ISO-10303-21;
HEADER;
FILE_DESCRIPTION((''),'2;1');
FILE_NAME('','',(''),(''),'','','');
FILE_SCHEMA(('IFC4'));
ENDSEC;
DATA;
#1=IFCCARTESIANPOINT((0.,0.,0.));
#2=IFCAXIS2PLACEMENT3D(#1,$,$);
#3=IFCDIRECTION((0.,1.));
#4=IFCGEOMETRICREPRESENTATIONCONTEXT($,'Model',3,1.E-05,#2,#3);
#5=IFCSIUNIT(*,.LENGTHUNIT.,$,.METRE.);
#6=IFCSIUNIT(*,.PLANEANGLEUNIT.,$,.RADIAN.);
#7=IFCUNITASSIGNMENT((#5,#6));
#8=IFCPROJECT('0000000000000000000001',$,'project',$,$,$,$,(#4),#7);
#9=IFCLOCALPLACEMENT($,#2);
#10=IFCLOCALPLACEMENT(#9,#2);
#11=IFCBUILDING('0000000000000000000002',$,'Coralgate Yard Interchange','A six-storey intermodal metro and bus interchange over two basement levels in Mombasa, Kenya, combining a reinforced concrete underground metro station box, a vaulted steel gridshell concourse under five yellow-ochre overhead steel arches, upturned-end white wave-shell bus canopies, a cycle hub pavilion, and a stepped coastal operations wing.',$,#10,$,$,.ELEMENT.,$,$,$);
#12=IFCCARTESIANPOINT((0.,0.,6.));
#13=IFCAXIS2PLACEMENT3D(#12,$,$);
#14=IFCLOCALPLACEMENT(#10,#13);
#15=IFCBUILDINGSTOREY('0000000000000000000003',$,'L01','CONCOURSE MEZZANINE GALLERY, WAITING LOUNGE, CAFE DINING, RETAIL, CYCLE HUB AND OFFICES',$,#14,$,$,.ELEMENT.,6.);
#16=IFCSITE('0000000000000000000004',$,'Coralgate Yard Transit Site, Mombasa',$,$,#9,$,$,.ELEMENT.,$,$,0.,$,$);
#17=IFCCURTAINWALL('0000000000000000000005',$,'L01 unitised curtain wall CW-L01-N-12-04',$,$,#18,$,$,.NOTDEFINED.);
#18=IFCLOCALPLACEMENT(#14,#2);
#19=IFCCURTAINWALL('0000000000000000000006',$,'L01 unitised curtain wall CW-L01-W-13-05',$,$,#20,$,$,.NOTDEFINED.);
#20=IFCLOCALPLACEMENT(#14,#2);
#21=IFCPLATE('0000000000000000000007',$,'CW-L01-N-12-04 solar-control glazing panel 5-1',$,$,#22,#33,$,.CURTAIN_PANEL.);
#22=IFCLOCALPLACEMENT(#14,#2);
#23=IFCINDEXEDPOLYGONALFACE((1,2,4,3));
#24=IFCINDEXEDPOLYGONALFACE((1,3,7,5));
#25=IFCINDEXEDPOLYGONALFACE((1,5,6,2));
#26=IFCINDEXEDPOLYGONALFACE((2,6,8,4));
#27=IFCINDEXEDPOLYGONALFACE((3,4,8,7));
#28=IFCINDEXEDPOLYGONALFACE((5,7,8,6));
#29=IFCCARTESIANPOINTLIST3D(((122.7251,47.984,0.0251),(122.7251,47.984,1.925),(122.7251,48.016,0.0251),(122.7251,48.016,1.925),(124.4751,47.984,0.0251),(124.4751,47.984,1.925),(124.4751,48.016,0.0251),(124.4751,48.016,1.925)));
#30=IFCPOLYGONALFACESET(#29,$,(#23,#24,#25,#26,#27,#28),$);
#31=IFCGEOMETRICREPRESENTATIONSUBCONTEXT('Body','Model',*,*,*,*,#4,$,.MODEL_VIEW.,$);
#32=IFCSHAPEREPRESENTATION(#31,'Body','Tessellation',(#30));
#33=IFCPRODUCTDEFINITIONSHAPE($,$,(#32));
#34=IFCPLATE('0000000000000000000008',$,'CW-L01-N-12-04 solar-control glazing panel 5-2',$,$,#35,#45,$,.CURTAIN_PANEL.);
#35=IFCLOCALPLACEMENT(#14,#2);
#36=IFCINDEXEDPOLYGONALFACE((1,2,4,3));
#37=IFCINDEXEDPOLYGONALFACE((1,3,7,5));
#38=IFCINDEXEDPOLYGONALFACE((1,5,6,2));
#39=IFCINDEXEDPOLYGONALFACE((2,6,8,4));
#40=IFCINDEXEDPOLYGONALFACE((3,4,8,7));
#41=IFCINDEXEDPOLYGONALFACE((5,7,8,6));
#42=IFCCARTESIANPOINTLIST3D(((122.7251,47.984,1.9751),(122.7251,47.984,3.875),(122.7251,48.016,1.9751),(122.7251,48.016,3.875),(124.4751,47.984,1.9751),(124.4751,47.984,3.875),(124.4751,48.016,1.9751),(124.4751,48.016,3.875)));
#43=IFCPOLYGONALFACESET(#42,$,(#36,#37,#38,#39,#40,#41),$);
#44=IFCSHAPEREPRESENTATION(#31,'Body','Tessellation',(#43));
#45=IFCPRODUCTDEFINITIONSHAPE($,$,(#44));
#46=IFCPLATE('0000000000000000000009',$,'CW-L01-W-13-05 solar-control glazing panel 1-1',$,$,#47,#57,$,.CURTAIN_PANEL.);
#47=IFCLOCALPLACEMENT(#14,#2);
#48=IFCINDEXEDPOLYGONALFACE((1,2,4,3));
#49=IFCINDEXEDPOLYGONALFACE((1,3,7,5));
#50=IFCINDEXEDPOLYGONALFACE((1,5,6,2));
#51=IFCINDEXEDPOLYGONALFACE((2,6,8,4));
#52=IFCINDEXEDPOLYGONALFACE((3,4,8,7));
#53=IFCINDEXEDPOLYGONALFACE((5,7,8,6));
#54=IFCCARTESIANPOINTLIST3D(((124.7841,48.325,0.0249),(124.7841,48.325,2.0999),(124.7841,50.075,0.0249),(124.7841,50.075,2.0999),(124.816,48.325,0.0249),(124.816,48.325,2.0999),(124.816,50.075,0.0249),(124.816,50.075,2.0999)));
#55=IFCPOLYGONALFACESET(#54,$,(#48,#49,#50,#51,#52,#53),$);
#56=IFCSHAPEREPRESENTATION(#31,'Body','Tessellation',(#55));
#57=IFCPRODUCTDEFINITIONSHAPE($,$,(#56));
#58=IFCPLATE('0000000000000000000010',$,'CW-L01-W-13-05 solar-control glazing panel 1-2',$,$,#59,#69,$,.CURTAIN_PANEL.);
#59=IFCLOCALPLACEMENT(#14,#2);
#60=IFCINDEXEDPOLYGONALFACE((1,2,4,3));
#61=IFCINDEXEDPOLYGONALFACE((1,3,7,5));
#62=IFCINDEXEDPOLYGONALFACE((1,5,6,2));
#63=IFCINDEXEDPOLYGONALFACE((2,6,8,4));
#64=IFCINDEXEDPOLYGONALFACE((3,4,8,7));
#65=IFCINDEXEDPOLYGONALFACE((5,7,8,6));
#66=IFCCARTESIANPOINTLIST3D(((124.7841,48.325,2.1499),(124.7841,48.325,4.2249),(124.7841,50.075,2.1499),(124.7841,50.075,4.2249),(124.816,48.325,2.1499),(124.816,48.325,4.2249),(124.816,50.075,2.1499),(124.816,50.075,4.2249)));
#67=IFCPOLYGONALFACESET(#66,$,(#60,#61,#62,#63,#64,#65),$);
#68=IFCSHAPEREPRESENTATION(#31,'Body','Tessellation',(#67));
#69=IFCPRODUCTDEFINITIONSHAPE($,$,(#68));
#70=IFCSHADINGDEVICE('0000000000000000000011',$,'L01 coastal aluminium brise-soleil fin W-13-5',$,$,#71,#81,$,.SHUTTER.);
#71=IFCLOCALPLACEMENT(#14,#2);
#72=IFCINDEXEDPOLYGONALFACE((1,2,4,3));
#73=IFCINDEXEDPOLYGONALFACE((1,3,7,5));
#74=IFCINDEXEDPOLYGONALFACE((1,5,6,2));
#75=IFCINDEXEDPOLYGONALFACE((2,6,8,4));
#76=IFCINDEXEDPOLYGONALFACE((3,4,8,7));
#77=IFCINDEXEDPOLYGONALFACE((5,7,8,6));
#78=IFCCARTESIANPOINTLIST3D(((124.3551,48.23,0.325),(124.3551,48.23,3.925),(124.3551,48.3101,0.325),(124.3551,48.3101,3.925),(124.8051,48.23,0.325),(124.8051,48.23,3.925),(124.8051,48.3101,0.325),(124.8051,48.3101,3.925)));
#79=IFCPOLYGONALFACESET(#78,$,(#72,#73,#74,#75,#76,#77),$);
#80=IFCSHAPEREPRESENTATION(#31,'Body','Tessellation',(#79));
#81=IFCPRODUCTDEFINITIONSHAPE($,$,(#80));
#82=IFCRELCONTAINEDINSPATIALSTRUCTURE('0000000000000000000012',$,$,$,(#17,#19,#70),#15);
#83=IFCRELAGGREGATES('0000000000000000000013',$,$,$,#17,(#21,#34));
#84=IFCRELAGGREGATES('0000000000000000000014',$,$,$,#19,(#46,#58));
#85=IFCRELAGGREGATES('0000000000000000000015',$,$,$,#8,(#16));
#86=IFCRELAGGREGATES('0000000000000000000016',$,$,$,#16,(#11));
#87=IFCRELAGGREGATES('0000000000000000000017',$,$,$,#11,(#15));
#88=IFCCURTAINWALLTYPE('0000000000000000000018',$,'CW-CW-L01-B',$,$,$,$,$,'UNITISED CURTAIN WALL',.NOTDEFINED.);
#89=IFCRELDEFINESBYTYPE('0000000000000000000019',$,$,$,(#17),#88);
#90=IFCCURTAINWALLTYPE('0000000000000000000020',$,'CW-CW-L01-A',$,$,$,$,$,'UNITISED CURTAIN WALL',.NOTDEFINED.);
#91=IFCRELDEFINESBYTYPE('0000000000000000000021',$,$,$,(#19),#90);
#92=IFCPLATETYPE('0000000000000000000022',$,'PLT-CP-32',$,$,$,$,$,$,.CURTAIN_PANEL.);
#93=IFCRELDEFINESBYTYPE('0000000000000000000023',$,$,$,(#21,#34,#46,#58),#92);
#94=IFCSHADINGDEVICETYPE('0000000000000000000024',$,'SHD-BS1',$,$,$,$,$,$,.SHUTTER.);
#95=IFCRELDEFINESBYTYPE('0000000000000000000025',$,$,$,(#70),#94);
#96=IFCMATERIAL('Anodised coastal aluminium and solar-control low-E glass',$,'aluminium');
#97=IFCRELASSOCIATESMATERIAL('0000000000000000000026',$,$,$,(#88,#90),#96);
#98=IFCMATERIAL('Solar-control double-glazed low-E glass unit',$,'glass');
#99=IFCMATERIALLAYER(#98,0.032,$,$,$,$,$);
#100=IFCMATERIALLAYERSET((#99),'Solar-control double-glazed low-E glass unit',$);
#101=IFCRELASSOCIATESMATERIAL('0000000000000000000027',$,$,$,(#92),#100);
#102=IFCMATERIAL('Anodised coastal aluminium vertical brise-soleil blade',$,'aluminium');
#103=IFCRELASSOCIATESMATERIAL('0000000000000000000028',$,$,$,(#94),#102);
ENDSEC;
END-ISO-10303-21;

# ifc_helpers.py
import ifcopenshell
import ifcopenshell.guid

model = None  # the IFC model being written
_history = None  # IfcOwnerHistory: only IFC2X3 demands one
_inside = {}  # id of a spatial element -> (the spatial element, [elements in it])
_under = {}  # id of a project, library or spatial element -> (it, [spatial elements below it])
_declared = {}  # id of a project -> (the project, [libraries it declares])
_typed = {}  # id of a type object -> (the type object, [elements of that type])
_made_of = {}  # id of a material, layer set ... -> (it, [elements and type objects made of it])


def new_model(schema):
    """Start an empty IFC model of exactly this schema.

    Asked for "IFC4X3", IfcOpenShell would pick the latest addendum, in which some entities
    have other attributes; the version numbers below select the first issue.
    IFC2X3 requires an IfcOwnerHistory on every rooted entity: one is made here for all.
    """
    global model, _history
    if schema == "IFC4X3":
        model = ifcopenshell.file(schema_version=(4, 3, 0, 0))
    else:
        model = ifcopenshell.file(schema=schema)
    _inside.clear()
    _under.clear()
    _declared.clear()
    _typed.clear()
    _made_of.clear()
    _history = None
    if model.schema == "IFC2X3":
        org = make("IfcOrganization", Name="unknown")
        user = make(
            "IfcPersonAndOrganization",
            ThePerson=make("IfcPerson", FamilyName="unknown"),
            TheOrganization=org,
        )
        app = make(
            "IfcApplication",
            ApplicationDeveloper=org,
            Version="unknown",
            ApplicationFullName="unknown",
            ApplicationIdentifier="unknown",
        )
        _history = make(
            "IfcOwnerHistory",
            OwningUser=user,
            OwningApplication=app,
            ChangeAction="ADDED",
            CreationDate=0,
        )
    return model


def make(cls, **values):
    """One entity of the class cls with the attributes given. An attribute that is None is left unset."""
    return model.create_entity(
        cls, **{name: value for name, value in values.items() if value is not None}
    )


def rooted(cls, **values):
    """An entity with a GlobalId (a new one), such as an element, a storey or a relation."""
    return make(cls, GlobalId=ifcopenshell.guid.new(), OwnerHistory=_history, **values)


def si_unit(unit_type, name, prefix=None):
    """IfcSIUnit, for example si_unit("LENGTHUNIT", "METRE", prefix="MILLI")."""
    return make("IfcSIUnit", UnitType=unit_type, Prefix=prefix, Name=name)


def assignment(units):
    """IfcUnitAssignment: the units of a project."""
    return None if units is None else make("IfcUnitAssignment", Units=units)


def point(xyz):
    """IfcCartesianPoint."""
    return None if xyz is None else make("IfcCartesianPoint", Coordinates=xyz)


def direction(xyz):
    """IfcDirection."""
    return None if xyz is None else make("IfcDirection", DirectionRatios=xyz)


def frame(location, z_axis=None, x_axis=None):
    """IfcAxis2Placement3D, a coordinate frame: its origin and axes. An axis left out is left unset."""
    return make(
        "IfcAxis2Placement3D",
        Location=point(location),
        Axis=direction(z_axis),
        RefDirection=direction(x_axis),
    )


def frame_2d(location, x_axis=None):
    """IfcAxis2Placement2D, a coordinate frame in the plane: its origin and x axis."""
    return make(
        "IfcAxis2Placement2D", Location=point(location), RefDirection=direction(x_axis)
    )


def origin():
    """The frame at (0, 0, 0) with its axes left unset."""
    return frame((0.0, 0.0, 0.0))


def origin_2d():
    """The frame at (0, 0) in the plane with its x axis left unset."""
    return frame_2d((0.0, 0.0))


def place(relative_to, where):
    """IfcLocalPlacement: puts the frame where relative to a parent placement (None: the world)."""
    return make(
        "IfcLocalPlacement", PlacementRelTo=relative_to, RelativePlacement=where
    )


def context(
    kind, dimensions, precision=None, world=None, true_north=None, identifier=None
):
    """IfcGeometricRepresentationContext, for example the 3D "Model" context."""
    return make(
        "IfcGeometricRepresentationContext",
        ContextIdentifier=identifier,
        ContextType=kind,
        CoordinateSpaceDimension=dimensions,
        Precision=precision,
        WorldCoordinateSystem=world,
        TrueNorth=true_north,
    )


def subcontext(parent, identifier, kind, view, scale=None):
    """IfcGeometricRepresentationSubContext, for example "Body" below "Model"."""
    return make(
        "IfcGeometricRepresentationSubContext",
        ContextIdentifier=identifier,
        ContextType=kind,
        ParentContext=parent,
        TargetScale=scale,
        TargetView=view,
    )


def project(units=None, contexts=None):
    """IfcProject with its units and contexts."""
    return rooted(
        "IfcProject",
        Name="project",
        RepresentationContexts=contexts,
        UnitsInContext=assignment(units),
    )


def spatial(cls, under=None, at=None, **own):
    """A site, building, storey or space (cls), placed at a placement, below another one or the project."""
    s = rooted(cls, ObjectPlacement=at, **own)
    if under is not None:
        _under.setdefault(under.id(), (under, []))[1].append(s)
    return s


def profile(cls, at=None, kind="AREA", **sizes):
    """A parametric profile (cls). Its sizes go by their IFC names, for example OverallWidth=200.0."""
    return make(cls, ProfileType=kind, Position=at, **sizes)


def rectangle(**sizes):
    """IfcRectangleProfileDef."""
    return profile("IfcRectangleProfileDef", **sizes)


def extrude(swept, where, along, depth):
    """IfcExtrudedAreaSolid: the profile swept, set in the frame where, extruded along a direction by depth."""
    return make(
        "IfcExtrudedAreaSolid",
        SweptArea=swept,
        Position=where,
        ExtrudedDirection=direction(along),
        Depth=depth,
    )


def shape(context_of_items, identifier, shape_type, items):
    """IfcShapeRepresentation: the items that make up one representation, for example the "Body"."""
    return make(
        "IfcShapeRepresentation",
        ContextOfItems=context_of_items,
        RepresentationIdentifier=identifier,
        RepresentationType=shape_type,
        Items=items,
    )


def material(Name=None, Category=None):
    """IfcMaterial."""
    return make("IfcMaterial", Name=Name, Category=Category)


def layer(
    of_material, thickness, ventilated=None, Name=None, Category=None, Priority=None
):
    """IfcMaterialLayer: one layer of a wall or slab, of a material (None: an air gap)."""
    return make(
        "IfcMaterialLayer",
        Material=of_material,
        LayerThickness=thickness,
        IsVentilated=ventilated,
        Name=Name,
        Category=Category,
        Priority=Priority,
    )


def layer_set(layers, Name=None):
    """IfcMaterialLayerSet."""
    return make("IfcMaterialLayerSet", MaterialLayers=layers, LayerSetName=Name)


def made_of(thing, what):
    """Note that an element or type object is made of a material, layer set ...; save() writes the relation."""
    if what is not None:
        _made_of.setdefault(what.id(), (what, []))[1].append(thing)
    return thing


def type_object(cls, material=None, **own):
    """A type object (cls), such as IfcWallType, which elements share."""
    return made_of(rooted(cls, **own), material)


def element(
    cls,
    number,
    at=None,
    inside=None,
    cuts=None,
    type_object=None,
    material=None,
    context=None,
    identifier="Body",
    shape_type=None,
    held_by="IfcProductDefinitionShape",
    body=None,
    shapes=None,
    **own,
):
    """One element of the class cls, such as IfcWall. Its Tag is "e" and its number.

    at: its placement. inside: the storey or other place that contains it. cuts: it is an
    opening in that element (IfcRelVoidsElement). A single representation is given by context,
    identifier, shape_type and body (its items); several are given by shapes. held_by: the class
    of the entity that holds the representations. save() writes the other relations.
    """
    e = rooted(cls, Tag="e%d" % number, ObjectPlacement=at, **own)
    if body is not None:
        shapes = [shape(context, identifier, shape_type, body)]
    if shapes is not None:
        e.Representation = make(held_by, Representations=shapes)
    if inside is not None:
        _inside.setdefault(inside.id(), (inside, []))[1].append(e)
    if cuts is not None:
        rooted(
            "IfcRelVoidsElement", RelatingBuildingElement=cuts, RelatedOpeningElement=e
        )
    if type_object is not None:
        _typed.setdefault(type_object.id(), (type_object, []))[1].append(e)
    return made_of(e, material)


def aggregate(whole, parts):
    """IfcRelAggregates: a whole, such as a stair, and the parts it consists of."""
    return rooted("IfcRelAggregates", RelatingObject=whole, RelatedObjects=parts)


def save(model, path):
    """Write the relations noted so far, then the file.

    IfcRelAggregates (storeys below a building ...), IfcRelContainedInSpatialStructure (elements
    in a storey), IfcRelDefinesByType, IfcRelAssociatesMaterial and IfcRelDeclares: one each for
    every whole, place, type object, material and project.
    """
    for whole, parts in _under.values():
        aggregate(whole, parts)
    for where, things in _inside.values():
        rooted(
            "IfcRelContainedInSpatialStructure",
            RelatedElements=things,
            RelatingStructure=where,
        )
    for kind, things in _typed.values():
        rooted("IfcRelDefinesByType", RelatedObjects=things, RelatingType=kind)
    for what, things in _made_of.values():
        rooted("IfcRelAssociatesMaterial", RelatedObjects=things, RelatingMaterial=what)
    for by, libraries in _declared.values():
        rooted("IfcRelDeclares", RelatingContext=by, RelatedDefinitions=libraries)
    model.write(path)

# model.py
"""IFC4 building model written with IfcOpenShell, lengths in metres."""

from ifc_helpers import new_model, si_unit, direction, frame, origin, origin_2d, place, context, subcontext, project, spatial, rectangle, extrude, material, layer, layer_set, type_object, element, aggregate, save


model = new_model("IFC4")

# Units and contexts
model_context = context("Model", 3, precision=1e-05, world=origin(), true_north=direction((0.0, 1.0)))
body_context = subcontext(model_context, "Body", "Model", "MODEL_VIEW")
ifc_project = project(units=[si_unit("LENGTHUNIT", "METRE"), si_unit("PLANEANGLEUNIT", "RADIAN")], contexts=[model_context])

# Site, building, storey
site_placement = place(None, origin())
site = spatial("IfcSite", under=ifc_project, at=site_placement, Name="Coralgate Yard Transit Site, Mombasa", CompositionType="ELEMENT", RefElevation=0.0)
building_placement = place(site_placement, origin())
building = spatial("IfcBuilding", under=site, at=building_placement, Name="Coralgate Yard Interchange", Description="A six-storey intermodal metro and bus interchange over two basement levels in Mombasa, Kenya, combining a reinforced concrete underground metro station box, a vaulted steel gridshell concourse under five yellow-ochre overhead steel arches, upturned-end white wave-shell bus canopies, a cycle hub pavilion, and a stepped coastal operations wing.", CompositionType="ELEMENT")
storey_placement = place(building_placement, frame((0.0, 0.0, 6.0)))
storey = spatial("IfcBuildingStorey", under=building, at=storey_placement, Name="L01", Description="CONCOURSE MEZZANINE GALLERY, WAITING LOUNGE, CAFE DINING, RETAIL, CYCLE HUB AND OFFICES", CompositionType="ELEMENT", Elevation=6.0)

# Curtain walls
ifc_material_1 = material(Name="Anodised coastal aluminium and solar-control low-E glass", Category="aluminium")
curtain_wall_type_1 = type_object("IfcCurtainWallType", Name="CW-CW-L01-B", ElementType="UNITISED CURTAIN WALL", PredefinedType="NOTDEFINED", material=ifc_material_1)
curtain_wall_1_placement = place(storey_placement, origin())
curtain_wall_1 = element("IfcCurtainWall", 1, at=curtain_wall_1_placement, inside=storey, type_object=curtain_wall_type_1, Name="L01 unitised curtain wall CW-L01-N-12-04", PredefinedType="NOTDEFINED")
curtain_wall_type_2 = type_object("IfcCurtainWallType", Name="CW-CW-L01-A", ElementType="UNITISED CURTAIN WALL", PredefinedType="NOTDEFINED", material=ifc_material_1)
curtain_wall_2_placement = place(storey_placement, origin())
curtain_wall_2 = element("IfcCurtainWall", 2, at=curtain_wall_2_placement, inside=storey, type_object=curtain_wall_type_2, Name="L01 unitised curtain wall CW-L01-W-13-05", PredefinedType="NOTDEFINED")

# Plates
ifc_material_2 = material(Name="Solar-control double-glazed low-E glass unit", Category="glass")
ifc_layer = layer(ifc_material_2, 0.032)
ifc_layer_set = layer_set([ifc_layer], Name="Solar-control double-glazed low-E glass unit")
plate_type = type_object("IfcPlateType", Name="PLT-CP-32", PredefinedType="CURTAIN_PANEL", material=ifc_layer_set)
plate_1_placement = place(storey_placement, frame((123.6001, 48.0, 0.0251), z_axis=(0.0, 0.0, 1.0), x_axis=(1.0, 0.0, 0.0)))
plate_1 = element("IfcPlate", 3, at=plate_1_placement, type_object=plate_type, Name="CW-L01-N-12-04 solar-control glazing panel 5-1", PredefinedType="CURTAIN_PANEL", context=body_context, shape_type="SweptSolid", body=[
    extrude(rectangle(XDim=1.75, YDim=0.032, at=origin_2d()), origin(), (0.0, 0.0, 1.0), 1.8999),
])
plate_2_placement = place(storey_placement, frame((123.6001, 48.0, 1.9751), z_axis=(0.0, 0.0, 1.0), x_axis=(1.0, 0.0, 0.0)))
plate_2 = element("IfcPlate", 4, at=plate_2_placement, type_object=plate_type, Name="CW-L01-N-12-04 solar-control glazing panel 5-2", PredefinedType="CURTAIN_PANEL", context=body_context, shape_type="SweptSolid", body=[
    extrude(rectangle(XDim=1.75, YDim=0.032, at=origin_2d()), origin(), (0.0, 0.0, 1.0), 1.8999),
])
aggregate(curtain_wall_1, [plate_1, plate_2])
plate_3_placement = place(storey_placement, frame((124.8, 49.2, 0.0249), z_axis=(0.0, 0.0, 1.0), x_axis=(0.0, 1.0, 0.0)))
plate_3 = element("IfcPlate", 5, at=plate_3_placement, type_object=plate_type, Name="CW-L01-W-13-05 solar-control glazing panel 1-1", PredefinedType="CURTAIN_PANEL", context=body_context, shape_type="SweptSolid", body=[
    extrude(rectangle(XDim=1.75, YDim=0.032, at=origin_2d()), origin(), (0.0, 0.0, 1.0), 2.075),
])
plate_4_placement = place(storey_placement, frame((124.8, 49.2, 2.1499), z_axis=(0.0, 0.0, 1.0), x_axis=(0.0, 1.0, 0.0)))
plate_4 = element("IfcPlate", 6, at=plate_4_placement, type_object=plate_type, Name="CW-L01-W-13-05 solar-control glazing panel 1-2", PredefinedType="CURTAIN_PANEL", context=body_context, shape_type="SweptSolid", body=[
    extrude(rectangle(XDim=1.75, YDim=0.032, at=origin_2d()), origin(), (0.0, 0.0, 1.0), 2.075),
])
aggregate(curtain_wall_2, [plate_3, plate_4])

# Shading device
ifc_material_3 = material(Name="Anodised coastal aluminium vertical brise-soleil blade", Category="aluminium")
shading_device_type = type_object("IfcShadingDeviceType", Name="SHD-BS1", PredefinedType="SHUTTER", material=ifc_material_3)
shading_device_placement = place(storey_placement, frame((124.5801, 48.27, 0.325), z_axis=(0.0, 0.0, 1.0), x_axis=(0.0, 1.0, 0.0)))
element("IfcShadingDevice", 7, at=shading_device_placement, inside=storey, type_object=shading_device_type, Name="L01 coastal aluminium brise-soleil fin W-13-5", PredefinedType="SHUTTER", context=body_context, shape_type="SweptSolid", body=[
    extrude(rectangle(XDim=0.0801, YDim=0.45, at=origin_2d()), origin(), (0.0, 0.0, 1.0), 3.6001),
])

save(model, "model.ifc")
